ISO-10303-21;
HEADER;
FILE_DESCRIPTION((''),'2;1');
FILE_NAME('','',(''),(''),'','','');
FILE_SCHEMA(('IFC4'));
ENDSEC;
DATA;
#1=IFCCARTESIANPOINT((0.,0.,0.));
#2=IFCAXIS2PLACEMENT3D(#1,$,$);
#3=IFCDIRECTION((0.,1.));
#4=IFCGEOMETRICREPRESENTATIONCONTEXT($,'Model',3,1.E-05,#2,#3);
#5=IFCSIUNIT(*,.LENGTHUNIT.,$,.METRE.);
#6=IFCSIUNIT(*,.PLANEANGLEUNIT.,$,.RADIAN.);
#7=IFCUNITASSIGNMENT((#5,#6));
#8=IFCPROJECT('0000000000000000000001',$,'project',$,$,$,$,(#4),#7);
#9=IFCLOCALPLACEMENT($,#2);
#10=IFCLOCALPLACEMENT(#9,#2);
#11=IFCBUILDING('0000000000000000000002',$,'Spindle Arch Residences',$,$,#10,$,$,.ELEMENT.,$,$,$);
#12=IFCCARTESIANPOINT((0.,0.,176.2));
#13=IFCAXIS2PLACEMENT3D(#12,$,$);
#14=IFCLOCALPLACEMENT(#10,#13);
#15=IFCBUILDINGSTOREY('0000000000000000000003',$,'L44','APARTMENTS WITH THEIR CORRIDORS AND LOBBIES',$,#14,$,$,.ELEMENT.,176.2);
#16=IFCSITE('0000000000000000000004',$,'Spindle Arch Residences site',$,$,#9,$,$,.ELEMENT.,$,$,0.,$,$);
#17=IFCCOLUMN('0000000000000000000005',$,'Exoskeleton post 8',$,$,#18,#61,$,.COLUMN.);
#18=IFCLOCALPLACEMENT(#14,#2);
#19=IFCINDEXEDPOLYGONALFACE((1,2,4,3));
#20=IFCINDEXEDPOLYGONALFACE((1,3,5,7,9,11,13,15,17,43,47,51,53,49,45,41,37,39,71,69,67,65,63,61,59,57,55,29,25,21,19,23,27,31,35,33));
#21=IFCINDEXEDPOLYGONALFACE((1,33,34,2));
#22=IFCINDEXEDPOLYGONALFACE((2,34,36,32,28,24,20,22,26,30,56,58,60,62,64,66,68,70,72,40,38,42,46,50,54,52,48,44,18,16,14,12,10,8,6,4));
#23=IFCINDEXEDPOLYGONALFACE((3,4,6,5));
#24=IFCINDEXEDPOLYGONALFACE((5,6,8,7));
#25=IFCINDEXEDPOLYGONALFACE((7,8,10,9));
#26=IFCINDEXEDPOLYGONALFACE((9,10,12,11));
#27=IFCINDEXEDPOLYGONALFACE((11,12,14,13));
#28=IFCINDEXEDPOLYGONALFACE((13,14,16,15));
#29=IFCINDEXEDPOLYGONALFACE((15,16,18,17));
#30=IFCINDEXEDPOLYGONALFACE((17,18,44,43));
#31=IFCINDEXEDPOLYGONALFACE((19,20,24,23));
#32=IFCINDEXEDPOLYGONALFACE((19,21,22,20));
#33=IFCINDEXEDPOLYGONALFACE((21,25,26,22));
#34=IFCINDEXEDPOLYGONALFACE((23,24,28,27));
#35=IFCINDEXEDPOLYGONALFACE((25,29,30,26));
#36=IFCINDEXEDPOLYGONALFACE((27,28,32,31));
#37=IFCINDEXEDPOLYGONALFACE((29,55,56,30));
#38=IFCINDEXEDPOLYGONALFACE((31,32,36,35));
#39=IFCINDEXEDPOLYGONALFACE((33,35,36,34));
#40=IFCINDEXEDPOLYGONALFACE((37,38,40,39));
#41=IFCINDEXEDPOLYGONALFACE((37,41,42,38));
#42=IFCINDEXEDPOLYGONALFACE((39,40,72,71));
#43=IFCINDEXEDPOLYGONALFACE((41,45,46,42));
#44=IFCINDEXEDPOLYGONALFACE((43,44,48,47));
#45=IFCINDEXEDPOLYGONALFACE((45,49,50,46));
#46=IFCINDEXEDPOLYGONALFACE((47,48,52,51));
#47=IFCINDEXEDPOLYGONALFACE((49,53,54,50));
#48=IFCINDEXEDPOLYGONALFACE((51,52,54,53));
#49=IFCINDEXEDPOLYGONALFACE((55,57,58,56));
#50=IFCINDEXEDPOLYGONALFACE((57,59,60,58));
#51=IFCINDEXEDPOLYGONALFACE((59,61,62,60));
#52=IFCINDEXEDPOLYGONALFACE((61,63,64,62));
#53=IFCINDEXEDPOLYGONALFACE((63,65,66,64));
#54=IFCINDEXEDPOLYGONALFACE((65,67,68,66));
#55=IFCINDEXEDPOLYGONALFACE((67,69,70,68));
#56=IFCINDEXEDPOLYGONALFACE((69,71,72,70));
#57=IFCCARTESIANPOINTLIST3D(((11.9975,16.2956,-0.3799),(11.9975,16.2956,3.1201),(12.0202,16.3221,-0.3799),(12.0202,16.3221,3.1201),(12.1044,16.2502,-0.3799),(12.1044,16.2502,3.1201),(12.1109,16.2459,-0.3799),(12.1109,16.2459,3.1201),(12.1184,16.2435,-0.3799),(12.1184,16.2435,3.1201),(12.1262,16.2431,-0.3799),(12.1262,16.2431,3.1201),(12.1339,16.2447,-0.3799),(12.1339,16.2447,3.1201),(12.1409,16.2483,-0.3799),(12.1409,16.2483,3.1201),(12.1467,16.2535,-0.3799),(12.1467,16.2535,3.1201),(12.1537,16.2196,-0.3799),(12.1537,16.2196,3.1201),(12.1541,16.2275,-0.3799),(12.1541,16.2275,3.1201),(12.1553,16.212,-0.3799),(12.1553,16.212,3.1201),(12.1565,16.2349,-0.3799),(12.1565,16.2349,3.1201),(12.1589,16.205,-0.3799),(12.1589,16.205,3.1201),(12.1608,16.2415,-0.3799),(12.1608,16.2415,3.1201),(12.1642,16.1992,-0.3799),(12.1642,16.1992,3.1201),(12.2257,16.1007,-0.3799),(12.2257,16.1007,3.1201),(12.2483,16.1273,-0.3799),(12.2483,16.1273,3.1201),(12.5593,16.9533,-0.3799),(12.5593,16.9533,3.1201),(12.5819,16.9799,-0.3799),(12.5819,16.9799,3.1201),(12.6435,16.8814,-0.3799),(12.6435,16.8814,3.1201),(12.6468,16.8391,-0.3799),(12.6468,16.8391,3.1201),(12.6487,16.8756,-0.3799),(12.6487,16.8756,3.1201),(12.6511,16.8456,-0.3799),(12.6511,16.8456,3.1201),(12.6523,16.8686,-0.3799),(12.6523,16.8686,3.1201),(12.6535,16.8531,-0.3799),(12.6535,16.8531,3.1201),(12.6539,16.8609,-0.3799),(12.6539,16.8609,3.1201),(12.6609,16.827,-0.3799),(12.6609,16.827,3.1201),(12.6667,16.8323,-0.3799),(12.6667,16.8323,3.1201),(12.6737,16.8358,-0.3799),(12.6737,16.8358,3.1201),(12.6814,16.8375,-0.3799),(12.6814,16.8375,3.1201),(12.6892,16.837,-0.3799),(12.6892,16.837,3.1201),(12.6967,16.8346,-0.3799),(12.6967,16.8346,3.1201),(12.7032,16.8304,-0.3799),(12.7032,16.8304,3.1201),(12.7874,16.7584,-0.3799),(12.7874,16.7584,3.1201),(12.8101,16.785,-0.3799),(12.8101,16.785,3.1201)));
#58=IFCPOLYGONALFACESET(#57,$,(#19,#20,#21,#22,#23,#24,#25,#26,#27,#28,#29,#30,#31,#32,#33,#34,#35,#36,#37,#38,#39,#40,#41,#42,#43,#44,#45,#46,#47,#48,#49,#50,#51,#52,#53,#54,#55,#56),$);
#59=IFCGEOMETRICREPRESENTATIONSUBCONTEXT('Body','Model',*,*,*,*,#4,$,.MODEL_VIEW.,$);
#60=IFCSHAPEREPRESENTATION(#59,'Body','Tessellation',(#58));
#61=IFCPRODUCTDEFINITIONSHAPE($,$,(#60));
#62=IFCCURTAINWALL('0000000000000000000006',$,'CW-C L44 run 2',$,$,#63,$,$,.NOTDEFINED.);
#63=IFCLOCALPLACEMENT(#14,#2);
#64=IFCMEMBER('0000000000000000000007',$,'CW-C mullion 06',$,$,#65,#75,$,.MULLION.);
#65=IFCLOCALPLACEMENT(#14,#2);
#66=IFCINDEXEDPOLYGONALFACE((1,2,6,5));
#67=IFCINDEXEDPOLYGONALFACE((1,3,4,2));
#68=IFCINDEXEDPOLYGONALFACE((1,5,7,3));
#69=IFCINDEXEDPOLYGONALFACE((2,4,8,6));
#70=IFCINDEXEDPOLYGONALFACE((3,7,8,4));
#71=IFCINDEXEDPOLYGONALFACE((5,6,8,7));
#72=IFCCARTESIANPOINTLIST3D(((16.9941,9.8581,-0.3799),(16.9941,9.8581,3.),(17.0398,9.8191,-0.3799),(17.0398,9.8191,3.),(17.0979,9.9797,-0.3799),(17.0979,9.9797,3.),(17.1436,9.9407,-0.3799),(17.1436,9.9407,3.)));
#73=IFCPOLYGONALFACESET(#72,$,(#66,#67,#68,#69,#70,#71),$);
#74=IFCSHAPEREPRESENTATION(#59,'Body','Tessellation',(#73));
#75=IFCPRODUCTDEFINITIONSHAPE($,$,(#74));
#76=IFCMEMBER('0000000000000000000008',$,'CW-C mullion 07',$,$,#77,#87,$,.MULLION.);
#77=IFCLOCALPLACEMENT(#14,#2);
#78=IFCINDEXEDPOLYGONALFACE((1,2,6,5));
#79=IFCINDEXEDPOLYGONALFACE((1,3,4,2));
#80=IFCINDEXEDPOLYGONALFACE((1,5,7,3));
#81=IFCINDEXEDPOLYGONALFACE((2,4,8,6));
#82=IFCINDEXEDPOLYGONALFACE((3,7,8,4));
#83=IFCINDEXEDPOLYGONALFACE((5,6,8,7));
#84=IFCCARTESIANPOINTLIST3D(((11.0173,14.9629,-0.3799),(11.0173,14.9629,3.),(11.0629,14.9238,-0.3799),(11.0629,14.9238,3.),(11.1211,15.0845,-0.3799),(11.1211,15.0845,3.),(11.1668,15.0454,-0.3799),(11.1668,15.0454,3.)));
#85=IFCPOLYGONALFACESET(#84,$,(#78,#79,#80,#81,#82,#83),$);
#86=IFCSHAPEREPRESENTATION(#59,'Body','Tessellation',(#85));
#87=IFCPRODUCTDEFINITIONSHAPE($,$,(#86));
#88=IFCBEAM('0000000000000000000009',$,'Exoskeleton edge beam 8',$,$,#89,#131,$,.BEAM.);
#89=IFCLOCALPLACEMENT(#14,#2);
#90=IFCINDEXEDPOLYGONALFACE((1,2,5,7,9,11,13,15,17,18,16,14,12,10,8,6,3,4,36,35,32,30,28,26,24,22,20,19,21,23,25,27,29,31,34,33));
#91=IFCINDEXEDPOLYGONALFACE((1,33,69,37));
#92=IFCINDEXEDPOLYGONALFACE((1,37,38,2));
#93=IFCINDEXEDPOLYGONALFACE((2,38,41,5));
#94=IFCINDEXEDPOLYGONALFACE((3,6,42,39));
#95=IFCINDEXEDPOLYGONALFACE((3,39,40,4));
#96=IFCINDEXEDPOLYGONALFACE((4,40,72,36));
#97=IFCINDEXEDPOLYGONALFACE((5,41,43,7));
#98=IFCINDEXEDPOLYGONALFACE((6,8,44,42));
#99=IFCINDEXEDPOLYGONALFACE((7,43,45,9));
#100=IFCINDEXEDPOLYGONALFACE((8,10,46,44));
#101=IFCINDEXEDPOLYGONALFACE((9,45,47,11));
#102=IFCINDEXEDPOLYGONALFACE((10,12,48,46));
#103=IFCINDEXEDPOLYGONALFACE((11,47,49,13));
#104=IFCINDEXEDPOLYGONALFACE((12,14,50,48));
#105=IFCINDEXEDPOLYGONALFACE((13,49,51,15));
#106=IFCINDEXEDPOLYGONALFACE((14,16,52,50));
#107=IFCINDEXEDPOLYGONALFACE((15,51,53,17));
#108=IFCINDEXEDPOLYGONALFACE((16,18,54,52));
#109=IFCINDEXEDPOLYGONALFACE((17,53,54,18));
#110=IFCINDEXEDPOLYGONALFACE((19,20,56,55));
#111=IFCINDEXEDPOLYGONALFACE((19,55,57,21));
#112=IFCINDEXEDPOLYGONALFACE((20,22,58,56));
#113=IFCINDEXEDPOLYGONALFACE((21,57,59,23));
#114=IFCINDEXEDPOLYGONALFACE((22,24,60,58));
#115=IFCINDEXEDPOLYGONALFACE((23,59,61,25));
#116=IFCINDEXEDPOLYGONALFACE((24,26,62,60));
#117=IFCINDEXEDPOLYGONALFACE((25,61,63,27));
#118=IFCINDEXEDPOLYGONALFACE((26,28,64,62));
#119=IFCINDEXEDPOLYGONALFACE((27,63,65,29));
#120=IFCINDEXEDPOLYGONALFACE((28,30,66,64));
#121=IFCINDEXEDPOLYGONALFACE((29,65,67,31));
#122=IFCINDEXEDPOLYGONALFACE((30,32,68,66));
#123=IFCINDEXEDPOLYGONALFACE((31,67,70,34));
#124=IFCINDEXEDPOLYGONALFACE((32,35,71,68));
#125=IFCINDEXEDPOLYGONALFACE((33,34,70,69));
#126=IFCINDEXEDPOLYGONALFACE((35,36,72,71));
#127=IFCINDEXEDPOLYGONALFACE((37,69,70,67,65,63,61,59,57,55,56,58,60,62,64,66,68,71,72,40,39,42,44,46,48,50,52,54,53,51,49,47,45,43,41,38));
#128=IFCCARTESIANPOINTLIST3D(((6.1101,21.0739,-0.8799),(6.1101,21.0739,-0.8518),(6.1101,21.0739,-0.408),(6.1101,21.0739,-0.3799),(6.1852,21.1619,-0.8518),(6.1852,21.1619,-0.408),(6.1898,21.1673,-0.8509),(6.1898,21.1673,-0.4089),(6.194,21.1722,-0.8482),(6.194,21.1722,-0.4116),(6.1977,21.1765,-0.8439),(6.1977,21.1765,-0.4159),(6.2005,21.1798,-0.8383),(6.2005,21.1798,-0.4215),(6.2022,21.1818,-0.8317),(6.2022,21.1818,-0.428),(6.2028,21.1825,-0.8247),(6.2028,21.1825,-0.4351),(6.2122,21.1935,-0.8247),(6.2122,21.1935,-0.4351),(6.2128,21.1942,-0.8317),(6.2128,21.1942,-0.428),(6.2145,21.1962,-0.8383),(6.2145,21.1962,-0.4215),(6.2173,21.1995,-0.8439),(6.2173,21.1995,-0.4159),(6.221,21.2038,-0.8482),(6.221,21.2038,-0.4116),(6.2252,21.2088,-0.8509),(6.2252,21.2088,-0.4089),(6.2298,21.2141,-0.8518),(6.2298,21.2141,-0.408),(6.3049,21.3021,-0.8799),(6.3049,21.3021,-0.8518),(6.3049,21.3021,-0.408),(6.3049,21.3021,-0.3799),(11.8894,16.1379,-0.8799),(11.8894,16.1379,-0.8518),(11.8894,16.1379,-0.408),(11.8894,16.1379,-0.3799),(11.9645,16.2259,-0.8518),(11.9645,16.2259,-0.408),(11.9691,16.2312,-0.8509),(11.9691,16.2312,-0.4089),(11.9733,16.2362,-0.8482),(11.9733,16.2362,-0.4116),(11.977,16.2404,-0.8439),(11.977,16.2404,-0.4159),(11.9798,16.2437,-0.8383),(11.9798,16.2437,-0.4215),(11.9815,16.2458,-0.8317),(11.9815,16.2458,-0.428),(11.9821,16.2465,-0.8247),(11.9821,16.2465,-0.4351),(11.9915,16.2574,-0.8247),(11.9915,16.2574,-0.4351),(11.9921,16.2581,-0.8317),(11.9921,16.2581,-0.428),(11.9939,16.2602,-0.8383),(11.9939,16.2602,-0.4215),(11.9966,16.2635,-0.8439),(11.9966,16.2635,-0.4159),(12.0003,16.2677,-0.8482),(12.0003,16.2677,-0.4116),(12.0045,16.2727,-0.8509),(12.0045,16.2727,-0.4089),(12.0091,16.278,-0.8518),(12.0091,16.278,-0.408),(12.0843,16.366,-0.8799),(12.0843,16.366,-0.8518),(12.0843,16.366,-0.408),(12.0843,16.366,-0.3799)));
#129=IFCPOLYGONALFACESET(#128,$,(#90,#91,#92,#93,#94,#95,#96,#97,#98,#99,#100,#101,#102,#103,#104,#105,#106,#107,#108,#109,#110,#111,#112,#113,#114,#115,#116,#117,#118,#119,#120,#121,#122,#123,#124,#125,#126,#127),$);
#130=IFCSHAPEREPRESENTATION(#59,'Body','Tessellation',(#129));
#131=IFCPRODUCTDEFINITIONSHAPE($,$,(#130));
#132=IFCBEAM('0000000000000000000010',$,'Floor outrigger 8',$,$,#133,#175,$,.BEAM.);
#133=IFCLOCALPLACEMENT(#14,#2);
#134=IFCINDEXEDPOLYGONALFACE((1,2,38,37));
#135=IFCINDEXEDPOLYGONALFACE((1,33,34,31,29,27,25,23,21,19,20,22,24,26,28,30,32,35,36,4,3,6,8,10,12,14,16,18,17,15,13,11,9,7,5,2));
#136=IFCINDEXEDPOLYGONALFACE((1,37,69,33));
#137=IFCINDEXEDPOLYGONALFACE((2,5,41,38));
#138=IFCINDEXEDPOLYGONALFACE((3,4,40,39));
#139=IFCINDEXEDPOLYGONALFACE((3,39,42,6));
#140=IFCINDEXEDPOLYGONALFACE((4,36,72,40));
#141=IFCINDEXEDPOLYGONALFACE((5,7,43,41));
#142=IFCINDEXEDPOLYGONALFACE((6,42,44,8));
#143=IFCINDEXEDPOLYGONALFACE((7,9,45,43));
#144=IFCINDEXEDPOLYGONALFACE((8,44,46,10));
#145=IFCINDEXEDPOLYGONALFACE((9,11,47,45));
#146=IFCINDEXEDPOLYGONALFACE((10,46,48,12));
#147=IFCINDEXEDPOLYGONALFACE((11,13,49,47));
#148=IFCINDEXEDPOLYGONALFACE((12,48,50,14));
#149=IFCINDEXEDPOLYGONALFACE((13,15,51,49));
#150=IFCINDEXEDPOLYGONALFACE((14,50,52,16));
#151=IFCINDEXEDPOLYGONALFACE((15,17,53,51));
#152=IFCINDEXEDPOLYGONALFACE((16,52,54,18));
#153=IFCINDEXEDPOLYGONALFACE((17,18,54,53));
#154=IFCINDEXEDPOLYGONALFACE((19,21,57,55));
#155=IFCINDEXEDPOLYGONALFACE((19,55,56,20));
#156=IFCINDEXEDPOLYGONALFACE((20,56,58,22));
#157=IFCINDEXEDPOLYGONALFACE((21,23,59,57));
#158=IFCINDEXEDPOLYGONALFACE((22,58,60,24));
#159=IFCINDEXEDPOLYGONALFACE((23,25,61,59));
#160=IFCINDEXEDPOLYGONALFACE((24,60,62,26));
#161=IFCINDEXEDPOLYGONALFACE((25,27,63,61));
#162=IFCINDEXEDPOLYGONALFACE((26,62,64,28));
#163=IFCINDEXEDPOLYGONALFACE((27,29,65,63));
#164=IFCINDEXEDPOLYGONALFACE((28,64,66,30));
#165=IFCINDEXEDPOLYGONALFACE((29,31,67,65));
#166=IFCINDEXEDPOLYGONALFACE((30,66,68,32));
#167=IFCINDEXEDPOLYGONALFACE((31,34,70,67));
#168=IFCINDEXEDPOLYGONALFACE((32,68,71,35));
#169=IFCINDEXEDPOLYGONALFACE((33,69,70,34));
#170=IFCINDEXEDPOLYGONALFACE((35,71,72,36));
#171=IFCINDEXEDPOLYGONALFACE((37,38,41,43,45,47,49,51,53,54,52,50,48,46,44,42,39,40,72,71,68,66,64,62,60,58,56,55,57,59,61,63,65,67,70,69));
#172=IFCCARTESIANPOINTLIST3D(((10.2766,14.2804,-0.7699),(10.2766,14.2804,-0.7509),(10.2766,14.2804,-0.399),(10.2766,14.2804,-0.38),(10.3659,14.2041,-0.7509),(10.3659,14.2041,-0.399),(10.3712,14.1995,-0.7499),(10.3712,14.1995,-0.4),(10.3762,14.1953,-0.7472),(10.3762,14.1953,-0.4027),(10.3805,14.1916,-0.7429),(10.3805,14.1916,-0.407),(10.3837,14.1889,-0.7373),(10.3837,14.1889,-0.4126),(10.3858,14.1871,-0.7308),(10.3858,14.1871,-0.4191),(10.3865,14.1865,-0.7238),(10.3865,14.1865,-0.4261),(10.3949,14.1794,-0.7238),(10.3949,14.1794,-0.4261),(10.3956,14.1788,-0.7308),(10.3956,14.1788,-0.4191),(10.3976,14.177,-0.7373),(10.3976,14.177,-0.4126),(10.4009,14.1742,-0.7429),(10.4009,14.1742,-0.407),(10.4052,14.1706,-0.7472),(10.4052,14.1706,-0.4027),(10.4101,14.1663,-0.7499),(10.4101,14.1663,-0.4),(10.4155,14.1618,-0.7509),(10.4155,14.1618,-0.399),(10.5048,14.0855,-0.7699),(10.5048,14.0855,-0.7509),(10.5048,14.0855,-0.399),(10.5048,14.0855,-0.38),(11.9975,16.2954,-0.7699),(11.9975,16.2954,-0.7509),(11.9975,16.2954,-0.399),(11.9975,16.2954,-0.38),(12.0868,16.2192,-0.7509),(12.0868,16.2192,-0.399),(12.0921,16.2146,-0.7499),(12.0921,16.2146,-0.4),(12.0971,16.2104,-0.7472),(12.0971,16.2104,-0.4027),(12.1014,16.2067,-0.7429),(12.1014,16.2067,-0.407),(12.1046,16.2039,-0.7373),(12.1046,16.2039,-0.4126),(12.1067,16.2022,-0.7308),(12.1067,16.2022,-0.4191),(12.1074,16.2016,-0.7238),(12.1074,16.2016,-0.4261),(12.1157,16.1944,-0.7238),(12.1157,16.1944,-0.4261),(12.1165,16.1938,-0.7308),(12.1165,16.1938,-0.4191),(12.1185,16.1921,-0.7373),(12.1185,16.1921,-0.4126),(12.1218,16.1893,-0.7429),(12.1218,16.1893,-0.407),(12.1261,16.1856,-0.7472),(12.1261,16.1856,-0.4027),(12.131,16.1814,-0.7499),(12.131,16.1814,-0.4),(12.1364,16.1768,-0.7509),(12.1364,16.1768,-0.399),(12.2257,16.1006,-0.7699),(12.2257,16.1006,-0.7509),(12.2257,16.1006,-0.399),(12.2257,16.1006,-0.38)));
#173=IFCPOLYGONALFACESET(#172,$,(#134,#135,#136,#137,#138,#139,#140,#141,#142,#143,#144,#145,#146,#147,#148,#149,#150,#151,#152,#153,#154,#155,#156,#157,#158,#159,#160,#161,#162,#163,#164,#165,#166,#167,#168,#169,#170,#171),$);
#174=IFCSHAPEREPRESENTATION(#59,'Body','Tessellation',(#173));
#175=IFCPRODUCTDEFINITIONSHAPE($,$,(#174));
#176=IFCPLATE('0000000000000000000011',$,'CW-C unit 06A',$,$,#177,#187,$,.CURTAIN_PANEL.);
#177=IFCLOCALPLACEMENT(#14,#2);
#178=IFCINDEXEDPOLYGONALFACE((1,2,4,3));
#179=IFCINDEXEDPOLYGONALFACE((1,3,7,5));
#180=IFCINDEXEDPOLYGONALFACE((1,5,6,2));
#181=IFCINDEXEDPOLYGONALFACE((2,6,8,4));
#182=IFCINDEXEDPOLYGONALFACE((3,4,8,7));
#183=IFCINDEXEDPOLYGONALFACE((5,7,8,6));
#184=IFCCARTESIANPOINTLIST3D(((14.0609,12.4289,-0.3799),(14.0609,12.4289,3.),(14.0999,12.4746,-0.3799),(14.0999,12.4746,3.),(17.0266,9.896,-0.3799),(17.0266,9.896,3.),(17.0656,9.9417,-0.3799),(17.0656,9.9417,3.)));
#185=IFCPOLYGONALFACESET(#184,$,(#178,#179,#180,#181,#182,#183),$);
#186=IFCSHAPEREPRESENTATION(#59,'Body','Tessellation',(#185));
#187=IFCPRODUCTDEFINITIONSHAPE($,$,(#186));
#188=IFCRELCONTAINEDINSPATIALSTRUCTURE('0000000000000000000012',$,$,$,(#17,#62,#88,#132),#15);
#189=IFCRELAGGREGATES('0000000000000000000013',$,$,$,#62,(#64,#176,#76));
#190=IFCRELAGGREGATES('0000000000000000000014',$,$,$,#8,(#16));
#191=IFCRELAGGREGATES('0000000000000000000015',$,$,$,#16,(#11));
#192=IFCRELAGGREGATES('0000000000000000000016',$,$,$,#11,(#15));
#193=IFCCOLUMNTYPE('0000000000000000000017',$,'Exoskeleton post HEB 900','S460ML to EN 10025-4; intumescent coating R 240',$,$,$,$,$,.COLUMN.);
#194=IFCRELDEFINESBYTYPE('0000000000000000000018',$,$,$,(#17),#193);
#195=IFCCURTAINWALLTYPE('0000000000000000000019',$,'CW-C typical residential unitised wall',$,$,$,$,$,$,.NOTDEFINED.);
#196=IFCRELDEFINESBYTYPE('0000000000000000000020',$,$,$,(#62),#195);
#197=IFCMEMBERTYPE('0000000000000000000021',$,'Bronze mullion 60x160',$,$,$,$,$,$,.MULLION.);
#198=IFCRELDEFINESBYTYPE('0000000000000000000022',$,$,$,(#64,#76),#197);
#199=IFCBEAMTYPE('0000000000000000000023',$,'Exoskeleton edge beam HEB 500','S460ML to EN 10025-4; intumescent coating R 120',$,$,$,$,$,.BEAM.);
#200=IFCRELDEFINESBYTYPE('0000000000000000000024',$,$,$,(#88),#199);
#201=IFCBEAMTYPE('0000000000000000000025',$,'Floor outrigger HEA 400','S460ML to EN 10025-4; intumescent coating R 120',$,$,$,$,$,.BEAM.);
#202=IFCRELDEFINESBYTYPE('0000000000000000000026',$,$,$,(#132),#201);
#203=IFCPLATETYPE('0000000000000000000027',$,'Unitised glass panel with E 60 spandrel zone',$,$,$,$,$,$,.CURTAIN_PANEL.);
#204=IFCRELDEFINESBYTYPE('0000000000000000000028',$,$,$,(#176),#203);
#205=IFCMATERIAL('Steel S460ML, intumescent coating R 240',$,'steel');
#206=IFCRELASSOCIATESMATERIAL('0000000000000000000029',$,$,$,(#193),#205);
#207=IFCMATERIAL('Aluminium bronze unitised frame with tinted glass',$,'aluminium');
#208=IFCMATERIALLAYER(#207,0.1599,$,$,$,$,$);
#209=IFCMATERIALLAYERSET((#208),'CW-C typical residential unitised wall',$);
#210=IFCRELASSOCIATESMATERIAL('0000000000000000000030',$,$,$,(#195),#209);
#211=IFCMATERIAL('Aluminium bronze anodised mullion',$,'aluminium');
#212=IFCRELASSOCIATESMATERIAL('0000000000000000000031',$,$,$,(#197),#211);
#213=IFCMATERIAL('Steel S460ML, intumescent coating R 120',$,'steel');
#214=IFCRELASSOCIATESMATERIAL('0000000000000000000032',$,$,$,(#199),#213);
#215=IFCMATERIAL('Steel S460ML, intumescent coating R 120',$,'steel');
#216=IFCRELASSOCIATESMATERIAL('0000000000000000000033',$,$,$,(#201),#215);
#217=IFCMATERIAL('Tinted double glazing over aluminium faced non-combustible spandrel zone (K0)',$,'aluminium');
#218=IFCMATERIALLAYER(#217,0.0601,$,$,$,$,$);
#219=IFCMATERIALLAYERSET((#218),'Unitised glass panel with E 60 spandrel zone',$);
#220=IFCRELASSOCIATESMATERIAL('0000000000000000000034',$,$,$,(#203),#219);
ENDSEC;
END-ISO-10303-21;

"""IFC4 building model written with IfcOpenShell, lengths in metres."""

from ifc_helpers import new_model, si_unit, direction, frame, origin, origin_2d, place, context, subcontext, project, spatial, rectangle, i_section, extrude, material, layer, layer_set, material_profile, profile_set, type_object, element, aggregate, save


model = new_model("IFC4")

# Units and contexts
model_context = context("Model", 3, precision=1e-05, world=origin(), true_north=direction((0.0, 1.0)))
body_context = subcontext(model_context, "Body", "Model", "MODEL_VIEW")
ifc_project = project(units=[si_unit("LENGTHUNIT", "METRE"), si_unit("PLANEANGLEUNIT", "RADIAN")], contexts=[model_context])

# Site, building, storey
site_placement = place(None, origin())
site = spatial("IfcSite", under=ifc_project, at=site_placement, Name="Spindle Arch Residences site", CompositionType="ELEMENT", RefElevation=0.0)
building_placement = place(site_placement, origin())
building = spatial("IfcBuilding", under=site, at=building_placement, Name="Spindle Arch Residences", CompositionType="ELEMENT")
storey_placement = place(building_placement, frame((0.0, 0.0, 176.2)))
storey = spatial("IfcBuildingStorey", under=building, at=storey_placement, Name="L44", Description="APARTMENTS WITH THEIR CORRIDORS AND LOBBIES", CompositionType="ELEMENT", Elevation=176.2)

# Column
ifc_material_1 = material(Name="Steel S460ML, intumescent coating R 240", Category="steel")
ifc_material_profile_1 = material_profile(ifc_material_1, i_section(OverallWidth=0.3, OverallDepth=0.8999, WebThickness=0.0186, FlangeThickness=0.0349, FilletRadius=0.03, at=origin_2d()), Name="HEB 900")
ifc_profile_set_1 = profile_set([ifc_material_profile_1], Name="Steel S460ML, intumescent coating R 240")
column_type = type_object("IfcColumnType", Name="Exoskeleton post HEB 900", Description="S460ML to EN 10025-4; intumescent coating R 240", PredefinedType="COLUMN", material=ifc_profile_set_1)
column_placement = place(storey_placement, frame((12.4038, 16.5403, -0.3799), z_axis=(0.0, 0.0, 1.0), x_axis=(0.760406, -0.649448, 0.0)))
element("IfcColumn", 1, at=column_placement, inside=storey, type_object=column_type, Name="Exoskeleton post 8", PredefinedType="COLUMN", context=body_context, shape_type="SweptSolid", body=[
    extrude(i_section(OverallWidth=0.3, OverallDepth=0.8999, WebThickness=0.0186, FlangeThickness=0.0349, FilletRadius=0.03, at=origin_2d()), origin(), (0.0, 0.0, 1.0), 3.5),
])

# Curtain wall, members
ifc_material_2 = material(Name="Aluminium bronze unitised frame with tinted glass", Category="aluminium")
ifc_layer_1 = layer(ifc_material_2, 0.1599)
ifc_layer_set_1 = layer_set([ifc_layer_1], Name="CW-C typical residential unitised wall")
curtain_wall_type = type_object("IfcCurtainWallType", Name="CW-C typical residential unitised wall", PredefinedType="NOTDEFINED", material=ifc_layer_set_1)
curtain_wall_placement = place(storey_placement, origin())
curtain_wall = element("IfcCurtainWall", 2, at=curtain_wall_placement, inside=storey, type_object=curtain_wall_type, Name="CW-C L44 run 2", PredefinedType="NOTDEFINED")
ifc_material_3 = material(Name="Aluminium bronze anodised mullion", Category="aluminium")
ifc_material_profile_2 = material_profile(ifc_material_3, rectangle(XDim=0.1599, YDim=0.0601, at=origin_2d()), Name="MU 60x160")
ifc_profile_set_2 = profile_set([ifc_material_profile_2], Name="Aluminium bronze anodised mullion")
member_type = type_object("IfcMemberType", Name="Bronze mullion 60x160", PredefinedType="MULLION", material=ifc_profile_set_2)
member_1_placement = place(storey_placement, frame((17.0688, 9.8994, -0.3799), z_axis=(0.0, 0.0, 1.0), x_axis=(-0.649448, -0.760406, 0.0)))
member_1 = element("IfcMember", 3, at=member_1_placement, type_object=member_type, Name="CW-C mullion 06", PredefinedType="MULLION", context=body_context, shape_type="SweptSolid", body=[
    extrude(rectangle(XDim=0.1599, YDim=0.0601, at=origin_2d()), origin(), (0.0, 0.0, 1.0), 3.3799),
])
member_2_placement = place(storey_placement, frame((11.092, 15.0042, -0.3799), z_axis=(0.0, 0.0, 1.0), x_axis=(-0.649448, -0.760406, 0.0)))
member_2 = element("IfcMember", 4, at=member_2_placement, type_object=member_type, Name="CW-C mullion 07", PredefinedType="MULLION", context=body_context, shape_type="SweptSolid", body=[
    extrude(rectangle(XDim=0.1599, YDim=0.0601, at=origin_2d()), origin(), (0.0, 0.0, 1.0), 3.3799),
])

# Beams
ifc_material_4 = material(Name="Steel S460ML, intumescent coating R 120", Category="steel")
ifc_material_profile_3 = material_profile(ifc_material_4, i_section(OverallWidth=0.3, OverallDepth=0.5, WebThickness=0.0144, FlangeThickness=0.0281, FilletRadius=0.0271, at=origin_2d()), Name="HEB 500")
ifc_profile_set_3 = profile_set([ifc_material_profile_3], Name="Steel S460ML, intumescent coating R 120")
beam_type_1 = type_object("IfcBeamType", Name="Exoskeleton edge beam HEB 500", Description="S460ML to EN 10025-4; intumescent coating R 120", PredefinedType="BEAM", material=ifc_profile_set_3)
beam_1_placement = place(storey_placement, frame((11.9868, 16.252, -0.6299), z_axis=(-0.760403, 0.649452, 0.0), x_axis=(-0.649452, -0.760403, 0.0)))
element("IfcBeam", 5, at=beam_1_placement, inside=storey, type_object=beam_type_1, Name="Exoskeleton edge beam 8", PredefinedType="BEAM", context=body_context, shape_type="SweptSolid", body=[
    extrude(i_section(OverallWidth=0.3, OverallDepth=0.5, WebThickness=0.0144, FlangeThickness=0.0281, FilletRadius=0.0271, at=origin_2d()), origin(), (0.0, 0.0, 1.0), 7.6003),
])
ifc_material_5 = material(Name="Steel S460ML, intumescent coating R 120", Category="steel")
ifc_material_profile_4 = material_profile(ifc_material_5, i_section(OverallWidth=0.3, OverallDepth=0.3899, WebThickness=0.011, FlangeThickness=0.019, FilletRadius=0.0271, at=origin_2d()), Name="HEA 400")
ifc_profile_set_4 = profile_set([ifc_material_profile_4], Name="Steel S460ML, intumescent coating R 120")
beam_type_2 = type_object("IfcBeamType", Name="Floor outrigger HEA 400", Description="S460ML to EN 10025-4; intumescent coating R 120", PredefinedType="BEAM", material=ifc_profile_set_4)
beam_2_placement = place(storey_placement, frame((12.1116, 16.198, -0.575), z_axis=(-0.649417, -0.760432, 0.0), x_axis=(0.760432, -0.649417, 0.0)))
element("IfcBeam", 6, at=beam_2_placement, inside=storey, type_object=beam_type_2, Name="Floor outrigger 8", PredefinedType="BEAM", context=body_context, shape_type="SweptSolid", body=[
    extrude(i_section(OverallWidth=0.3, OverallDepth=0.3899, WebThickness=0.011, FlangeThickness=0.019, FilletRadius=0.0271, at=origin_2d()), origin(), (0.0, 0.0, 1.0), 2.6499),
])

# Plate
ifc_material_6 = material(Name="Tinted double glazing over aluminium faced non-combustible spandrel zone (K0)", Category="aluminium")
ifc_layer_2 = layer(ifc_material_6, 0.0601)
ifc_layer_set_2 = layer_set([ifc_layer_2], Name="Unitised glass panel with E 60 spandrel zone")
plate_type = type_object("IfcPlateType", Name="Unitised glass panel with E 60 spandrel zone", PredefinedType="CURTAIN_PANEL", material=ifc_layer_set_2)
plate_1_placement = place(storey_placement, frame((15.5632, 11.1853, -0.3799), z_axis=(0.0, 0.0, 1.0), x_axis=(-0.760406, 0.649448, 0.0)))
plate_1 = element("IfcPlate", 7, at=plate_1_placement, type_object=plate_type, Name="CW-C unit 06A", PredefinedType="CURTAIN_PANEL", context=body_context, shape_type="SweptSolid", body=[
    extrude(rectangle(XDim=3.9001, YDim=0.0601, at=origin_2d()), origin(), (0.0, 0.0, 1.0), 3.3799),
])
aggregate(curtain_wall, [member_1, plate_1, member_2])

save(model, "model.ifc")
